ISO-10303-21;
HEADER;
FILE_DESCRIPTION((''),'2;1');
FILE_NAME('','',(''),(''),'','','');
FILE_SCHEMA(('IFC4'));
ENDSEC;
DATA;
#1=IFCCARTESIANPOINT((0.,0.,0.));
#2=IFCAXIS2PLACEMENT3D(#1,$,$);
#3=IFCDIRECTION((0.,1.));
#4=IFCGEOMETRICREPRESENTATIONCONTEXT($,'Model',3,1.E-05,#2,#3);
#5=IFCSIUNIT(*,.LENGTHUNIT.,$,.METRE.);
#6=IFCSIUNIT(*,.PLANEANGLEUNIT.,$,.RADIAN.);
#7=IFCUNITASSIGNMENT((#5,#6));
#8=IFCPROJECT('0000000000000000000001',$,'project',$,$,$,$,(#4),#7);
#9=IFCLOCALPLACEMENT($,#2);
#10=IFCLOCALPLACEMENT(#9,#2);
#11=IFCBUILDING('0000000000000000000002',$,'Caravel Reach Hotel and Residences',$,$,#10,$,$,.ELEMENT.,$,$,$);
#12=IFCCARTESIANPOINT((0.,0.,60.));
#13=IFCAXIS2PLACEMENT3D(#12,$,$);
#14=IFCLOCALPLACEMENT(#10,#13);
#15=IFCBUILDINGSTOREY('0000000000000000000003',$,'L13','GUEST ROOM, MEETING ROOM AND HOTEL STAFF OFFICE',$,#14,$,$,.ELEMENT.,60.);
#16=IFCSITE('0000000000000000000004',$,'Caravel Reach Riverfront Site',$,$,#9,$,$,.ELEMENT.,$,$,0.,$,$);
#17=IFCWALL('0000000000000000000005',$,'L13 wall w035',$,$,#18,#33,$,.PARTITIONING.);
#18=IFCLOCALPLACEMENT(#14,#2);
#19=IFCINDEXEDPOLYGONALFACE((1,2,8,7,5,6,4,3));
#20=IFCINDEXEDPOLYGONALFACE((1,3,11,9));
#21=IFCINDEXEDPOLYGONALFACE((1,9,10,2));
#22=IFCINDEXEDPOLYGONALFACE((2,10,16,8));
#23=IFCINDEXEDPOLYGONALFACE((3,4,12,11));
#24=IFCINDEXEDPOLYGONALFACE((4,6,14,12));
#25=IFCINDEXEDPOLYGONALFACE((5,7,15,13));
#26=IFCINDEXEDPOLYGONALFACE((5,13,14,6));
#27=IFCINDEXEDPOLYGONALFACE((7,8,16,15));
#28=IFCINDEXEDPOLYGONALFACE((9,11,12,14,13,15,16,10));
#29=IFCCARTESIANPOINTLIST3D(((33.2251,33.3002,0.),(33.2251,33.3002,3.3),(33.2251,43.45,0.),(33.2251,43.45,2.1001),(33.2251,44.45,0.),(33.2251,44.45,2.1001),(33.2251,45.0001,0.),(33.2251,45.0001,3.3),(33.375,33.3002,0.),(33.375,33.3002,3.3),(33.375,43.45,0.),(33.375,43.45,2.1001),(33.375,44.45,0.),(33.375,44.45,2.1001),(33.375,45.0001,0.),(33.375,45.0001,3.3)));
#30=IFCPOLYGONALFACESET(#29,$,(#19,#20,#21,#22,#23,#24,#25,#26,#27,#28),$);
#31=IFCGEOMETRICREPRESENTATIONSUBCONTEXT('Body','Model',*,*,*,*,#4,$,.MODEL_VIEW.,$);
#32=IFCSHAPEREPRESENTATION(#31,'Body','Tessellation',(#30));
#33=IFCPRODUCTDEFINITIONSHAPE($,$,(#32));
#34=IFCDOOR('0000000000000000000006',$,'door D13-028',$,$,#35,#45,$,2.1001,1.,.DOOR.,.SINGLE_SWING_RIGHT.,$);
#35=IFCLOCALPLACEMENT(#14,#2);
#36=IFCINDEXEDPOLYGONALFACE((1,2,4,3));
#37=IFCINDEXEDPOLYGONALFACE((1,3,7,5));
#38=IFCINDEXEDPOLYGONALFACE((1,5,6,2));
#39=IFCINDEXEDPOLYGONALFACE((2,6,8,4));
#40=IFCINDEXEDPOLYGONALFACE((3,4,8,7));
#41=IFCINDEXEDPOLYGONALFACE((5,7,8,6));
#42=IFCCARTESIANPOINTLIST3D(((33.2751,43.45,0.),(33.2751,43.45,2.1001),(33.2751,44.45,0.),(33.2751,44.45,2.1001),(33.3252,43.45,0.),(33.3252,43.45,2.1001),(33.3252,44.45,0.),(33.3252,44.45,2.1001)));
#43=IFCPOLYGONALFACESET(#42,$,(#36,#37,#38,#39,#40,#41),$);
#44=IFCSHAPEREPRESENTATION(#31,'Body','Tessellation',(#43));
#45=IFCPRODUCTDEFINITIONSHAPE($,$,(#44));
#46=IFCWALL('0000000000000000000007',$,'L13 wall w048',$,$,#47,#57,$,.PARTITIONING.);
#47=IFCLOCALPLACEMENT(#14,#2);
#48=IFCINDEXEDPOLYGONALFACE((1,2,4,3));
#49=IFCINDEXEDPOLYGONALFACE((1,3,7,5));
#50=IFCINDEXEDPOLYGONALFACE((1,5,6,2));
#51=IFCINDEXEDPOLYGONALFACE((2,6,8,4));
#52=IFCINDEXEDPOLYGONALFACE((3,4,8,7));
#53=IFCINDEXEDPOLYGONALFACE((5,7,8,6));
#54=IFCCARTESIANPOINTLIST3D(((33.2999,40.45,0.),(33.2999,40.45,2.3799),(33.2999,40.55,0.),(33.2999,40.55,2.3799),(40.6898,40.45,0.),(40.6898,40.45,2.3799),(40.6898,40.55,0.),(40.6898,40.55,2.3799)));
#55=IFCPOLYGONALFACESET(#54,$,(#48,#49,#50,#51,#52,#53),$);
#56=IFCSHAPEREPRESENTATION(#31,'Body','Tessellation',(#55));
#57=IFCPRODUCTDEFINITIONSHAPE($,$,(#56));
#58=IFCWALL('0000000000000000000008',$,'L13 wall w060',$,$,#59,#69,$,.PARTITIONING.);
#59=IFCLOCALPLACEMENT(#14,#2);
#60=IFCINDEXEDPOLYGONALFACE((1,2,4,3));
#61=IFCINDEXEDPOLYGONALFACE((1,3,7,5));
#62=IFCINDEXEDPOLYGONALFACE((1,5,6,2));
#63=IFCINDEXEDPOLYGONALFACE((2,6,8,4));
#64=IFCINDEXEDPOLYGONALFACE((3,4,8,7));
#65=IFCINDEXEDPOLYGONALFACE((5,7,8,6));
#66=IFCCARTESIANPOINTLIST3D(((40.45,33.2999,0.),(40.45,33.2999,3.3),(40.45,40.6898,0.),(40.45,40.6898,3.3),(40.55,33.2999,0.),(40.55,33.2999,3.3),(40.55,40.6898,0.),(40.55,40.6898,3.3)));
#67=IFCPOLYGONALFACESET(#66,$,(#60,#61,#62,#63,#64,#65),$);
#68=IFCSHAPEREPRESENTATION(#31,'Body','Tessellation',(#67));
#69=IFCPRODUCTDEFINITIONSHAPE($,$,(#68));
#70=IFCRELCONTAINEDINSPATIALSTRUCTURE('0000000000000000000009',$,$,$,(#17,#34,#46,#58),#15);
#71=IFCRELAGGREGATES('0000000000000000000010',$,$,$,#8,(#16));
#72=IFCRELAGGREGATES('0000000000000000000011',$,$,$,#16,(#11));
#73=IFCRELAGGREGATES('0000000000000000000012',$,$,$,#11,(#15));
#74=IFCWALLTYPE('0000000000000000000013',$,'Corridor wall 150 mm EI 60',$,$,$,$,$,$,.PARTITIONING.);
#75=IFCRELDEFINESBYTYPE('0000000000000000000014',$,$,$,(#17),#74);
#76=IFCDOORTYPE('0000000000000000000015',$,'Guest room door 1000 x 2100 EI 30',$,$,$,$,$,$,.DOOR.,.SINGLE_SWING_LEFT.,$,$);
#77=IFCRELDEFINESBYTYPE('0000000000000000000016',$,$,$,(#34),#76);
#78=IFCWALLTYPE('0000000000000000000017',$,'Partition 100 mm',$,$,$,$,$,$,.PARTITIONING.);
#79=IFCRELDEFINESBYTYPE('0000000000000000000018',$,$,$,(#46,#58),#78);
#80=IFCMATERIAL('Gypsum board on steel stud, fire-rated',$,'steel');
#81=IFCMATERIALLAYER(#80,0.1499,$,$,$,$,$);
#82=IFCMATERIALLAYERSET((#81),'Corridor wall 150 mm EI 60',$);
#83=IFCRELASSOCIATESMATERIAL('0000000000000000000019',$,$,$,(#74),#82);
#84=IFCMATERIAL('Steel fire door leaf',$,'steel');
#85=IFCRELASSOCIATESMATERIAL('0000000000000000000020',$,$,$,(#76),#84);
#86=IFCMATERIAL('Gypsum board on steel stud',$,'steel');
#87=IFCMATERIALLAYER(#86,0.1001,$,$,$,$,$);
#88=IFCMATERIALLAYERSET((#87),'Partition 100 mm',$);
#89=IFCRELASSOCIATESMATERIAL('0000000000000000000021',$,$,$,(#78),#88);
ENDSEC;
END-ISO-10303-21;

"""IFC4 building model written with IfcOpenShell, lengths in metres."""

from ifc_helpers import new_model, si_unit, direction, frame, frame_2d, origin, place, context, subcontext, project, spatial, rectangle, extrude, material, layer, layer_set, type_object, element, fill, save


model = new_model("IFC4")

# Units and contexts
model_context = context("Model", 3, precision=1e-05, world=origin(), true_north=direction((0.0, 1.0)))
body_context = subcontext(model_context, "Body", "Model", "MODEL_VIEW")
ifc_project = project(units=[si_unit("LENGTHUNIT", "METRE"), si_unit("PLANEANGLEUNIT", "RADIAN")], contexts=[model_context])

# Site, building, storey
site_placement = place(None, origin())
site = spatial("IfcSite", under=ifc_project, at=site_placement, Name="Caravel Reach Riverfront Site", CompositionType="ELEMENT", RefElevation=0.0)
building_placement = place(site_placement, origin())
building = spatial("IfcBuilding", under=site, at=building_placement, Name="Caravel Reach Hotel and Residences", CompositionType="ELEMENT")
storey_placement = place(building_placement, frame((0.0, 0.0, 60.0)))
storey = spatial("IfcBuildingStorey", under=building, at=storey_placement, Name="L13", Description="GUEST ROOM, MEETING ROOM AND HOTEL STAFF OFFICE", CompositionType="ELEMENT", Elevation=60.0)

# Shared definitions
ifc_material_1 = material(Name="Gypsum board on steel stud, fire-rated", Category="steel")
ifc_layer_1 = layer(ifc_material_1, 0.1499)
ifc_layer_set_1 = layer_set([ifc_layer_1], Name="Corridor wall 150 mm EI 60")
wall_type_1 = type_object("IfcWallType", Name="Corridor wall 150 mm EI 60", PredefinedType="PARTITIONING", material=ifc_layer_set_1)
ifc_material_2 = material(Name="Steel fire door leaf", Category="steel")
door_type_1 = type_object("IfcDoorType", Name="Guest room door 1000 x 2100 EI 30", OperationType="SINGLE_SWING_LEFT", PredefinedType="DOOR", material=ifc_material_2)

# Wall, opening, door
wall_1_placement = place(storey_placement, frame((33.3, 33.3, 0.0), z_axis=(0.0, 0.0, 1.0), x_axis=(0.0, 1.0, 0.0)))
wall_1 = element("IfcWall", 1, at=wall_1_placement, inside=storey, type_object=wall_type_1, Name="L13 wall w035", PredefinedType="PARTITIONING", context=body_context, shape_type="SweptSolid", body=[
    extrude(rectangle(XDim=11.7, YDim=0.1499, at=frame_2d((5.8501, 0.0))), origin(), (0.0, 0.0, 1.0), 3.3),
])
opening_1_placement = place(wall_1_placement, frame((10.1499, 0.0, 0.0)))
opening_1 = element("IfcOpeningElement", 2, at=opening_1_placement, cuts=wall_1, PredefinedType="OPENING", context=body_context, shape_type="SweptSolid", body=[
    extrude(rectangle(XDim=1.0, YDim=2.1001, at=frame_2d((0.5, 1.05))), frame((0.0, 0.085, 0.0), z_axis=(0.0, -1.0, 0.0), x_axis=(1.0, 0.0, 0.0)), (0.0, 0.0, 1.0), 0.1699),
])
door_1_placement = place(opening_1_placement, origin())
door_1 = element("IfcDoor", 3, at=door_1_placement, inside=storey, type_object=door_type_1, Name="door D13-028", OperationType="SINGLE_SWING_RIGHT", OverallHeight=2.1001, OverallWidth=1.0, PredefinedType="DOOR", context=body_context, shape_type="SweptSolid", body=[
    extrude(rectangle(XDim=1.0, YDim=2.1001, at=frame_2d((0.5, 1.05))), frame((0.0, 0.0249, 0.0), z_axis=(0.0, -1.0, 0.0), x_axis=(1.0, 0.0, 0.0)), (0.0, 0.0, 1.0), 0.05),
])
fill(opening_1, door_1)

# Walls
ifc_material_3 = material(Name="Gypsum board on steel stud", Category="steel")
ifc_layer_2 = layer(ifc_material_3, 0.1001)
ifc_layer_set_2 = layer_set([ifc_layer_2], Name="Partition 100 mm")
wall_type_2 = type_object("IfcWallType", Name="Partition 100 mm", PredefinedType="PARTITIONING", material=ifc_layer_set_2)
wall_2_placement = place(storey_placement, frame((33.3, 40.5, 0.0), z_axis=(0.0, 0.0, 1.0), x_axis=(1.0, 0.0, 0.0)))
element("IfcWall", 4, at=wall_2_placement, inside=storey, type_object=wall_type_2, Name="L13 wall w048", PredefinedType="PARTITIONING", context=body_context, shape_type="SweptSolid", body=[
    extrude(rectangle(XDim=7.3899, YDim=0.1001, at=frame_2d((3.6948, 0.0))), origin(), (0.0, 0.0, 1.0), 2.3799),
])
wall_3_placement = place(storey_placement, frame((40.5, 33.3, 0.0), z_axis=(0.0, 0.0, 1.0), x_axis=(0.0, 1.0, 0.0)))
element("IfcWall", 5, at=wall_3_placement, inside=storey, type_object=wall_type_2, Name="L13 wall w060", PredefinedType="PARTITIONING", context=body_context, shape_type="SweptSolid", body=[
    extrude(rectangle(XDim=7.3899, YDim=0.1001, at=frame_2d((3.6948, 0.0))), origin(), (0.0, 0.0, 1.0), 3.3),
])

save(model, "model.ifc")
